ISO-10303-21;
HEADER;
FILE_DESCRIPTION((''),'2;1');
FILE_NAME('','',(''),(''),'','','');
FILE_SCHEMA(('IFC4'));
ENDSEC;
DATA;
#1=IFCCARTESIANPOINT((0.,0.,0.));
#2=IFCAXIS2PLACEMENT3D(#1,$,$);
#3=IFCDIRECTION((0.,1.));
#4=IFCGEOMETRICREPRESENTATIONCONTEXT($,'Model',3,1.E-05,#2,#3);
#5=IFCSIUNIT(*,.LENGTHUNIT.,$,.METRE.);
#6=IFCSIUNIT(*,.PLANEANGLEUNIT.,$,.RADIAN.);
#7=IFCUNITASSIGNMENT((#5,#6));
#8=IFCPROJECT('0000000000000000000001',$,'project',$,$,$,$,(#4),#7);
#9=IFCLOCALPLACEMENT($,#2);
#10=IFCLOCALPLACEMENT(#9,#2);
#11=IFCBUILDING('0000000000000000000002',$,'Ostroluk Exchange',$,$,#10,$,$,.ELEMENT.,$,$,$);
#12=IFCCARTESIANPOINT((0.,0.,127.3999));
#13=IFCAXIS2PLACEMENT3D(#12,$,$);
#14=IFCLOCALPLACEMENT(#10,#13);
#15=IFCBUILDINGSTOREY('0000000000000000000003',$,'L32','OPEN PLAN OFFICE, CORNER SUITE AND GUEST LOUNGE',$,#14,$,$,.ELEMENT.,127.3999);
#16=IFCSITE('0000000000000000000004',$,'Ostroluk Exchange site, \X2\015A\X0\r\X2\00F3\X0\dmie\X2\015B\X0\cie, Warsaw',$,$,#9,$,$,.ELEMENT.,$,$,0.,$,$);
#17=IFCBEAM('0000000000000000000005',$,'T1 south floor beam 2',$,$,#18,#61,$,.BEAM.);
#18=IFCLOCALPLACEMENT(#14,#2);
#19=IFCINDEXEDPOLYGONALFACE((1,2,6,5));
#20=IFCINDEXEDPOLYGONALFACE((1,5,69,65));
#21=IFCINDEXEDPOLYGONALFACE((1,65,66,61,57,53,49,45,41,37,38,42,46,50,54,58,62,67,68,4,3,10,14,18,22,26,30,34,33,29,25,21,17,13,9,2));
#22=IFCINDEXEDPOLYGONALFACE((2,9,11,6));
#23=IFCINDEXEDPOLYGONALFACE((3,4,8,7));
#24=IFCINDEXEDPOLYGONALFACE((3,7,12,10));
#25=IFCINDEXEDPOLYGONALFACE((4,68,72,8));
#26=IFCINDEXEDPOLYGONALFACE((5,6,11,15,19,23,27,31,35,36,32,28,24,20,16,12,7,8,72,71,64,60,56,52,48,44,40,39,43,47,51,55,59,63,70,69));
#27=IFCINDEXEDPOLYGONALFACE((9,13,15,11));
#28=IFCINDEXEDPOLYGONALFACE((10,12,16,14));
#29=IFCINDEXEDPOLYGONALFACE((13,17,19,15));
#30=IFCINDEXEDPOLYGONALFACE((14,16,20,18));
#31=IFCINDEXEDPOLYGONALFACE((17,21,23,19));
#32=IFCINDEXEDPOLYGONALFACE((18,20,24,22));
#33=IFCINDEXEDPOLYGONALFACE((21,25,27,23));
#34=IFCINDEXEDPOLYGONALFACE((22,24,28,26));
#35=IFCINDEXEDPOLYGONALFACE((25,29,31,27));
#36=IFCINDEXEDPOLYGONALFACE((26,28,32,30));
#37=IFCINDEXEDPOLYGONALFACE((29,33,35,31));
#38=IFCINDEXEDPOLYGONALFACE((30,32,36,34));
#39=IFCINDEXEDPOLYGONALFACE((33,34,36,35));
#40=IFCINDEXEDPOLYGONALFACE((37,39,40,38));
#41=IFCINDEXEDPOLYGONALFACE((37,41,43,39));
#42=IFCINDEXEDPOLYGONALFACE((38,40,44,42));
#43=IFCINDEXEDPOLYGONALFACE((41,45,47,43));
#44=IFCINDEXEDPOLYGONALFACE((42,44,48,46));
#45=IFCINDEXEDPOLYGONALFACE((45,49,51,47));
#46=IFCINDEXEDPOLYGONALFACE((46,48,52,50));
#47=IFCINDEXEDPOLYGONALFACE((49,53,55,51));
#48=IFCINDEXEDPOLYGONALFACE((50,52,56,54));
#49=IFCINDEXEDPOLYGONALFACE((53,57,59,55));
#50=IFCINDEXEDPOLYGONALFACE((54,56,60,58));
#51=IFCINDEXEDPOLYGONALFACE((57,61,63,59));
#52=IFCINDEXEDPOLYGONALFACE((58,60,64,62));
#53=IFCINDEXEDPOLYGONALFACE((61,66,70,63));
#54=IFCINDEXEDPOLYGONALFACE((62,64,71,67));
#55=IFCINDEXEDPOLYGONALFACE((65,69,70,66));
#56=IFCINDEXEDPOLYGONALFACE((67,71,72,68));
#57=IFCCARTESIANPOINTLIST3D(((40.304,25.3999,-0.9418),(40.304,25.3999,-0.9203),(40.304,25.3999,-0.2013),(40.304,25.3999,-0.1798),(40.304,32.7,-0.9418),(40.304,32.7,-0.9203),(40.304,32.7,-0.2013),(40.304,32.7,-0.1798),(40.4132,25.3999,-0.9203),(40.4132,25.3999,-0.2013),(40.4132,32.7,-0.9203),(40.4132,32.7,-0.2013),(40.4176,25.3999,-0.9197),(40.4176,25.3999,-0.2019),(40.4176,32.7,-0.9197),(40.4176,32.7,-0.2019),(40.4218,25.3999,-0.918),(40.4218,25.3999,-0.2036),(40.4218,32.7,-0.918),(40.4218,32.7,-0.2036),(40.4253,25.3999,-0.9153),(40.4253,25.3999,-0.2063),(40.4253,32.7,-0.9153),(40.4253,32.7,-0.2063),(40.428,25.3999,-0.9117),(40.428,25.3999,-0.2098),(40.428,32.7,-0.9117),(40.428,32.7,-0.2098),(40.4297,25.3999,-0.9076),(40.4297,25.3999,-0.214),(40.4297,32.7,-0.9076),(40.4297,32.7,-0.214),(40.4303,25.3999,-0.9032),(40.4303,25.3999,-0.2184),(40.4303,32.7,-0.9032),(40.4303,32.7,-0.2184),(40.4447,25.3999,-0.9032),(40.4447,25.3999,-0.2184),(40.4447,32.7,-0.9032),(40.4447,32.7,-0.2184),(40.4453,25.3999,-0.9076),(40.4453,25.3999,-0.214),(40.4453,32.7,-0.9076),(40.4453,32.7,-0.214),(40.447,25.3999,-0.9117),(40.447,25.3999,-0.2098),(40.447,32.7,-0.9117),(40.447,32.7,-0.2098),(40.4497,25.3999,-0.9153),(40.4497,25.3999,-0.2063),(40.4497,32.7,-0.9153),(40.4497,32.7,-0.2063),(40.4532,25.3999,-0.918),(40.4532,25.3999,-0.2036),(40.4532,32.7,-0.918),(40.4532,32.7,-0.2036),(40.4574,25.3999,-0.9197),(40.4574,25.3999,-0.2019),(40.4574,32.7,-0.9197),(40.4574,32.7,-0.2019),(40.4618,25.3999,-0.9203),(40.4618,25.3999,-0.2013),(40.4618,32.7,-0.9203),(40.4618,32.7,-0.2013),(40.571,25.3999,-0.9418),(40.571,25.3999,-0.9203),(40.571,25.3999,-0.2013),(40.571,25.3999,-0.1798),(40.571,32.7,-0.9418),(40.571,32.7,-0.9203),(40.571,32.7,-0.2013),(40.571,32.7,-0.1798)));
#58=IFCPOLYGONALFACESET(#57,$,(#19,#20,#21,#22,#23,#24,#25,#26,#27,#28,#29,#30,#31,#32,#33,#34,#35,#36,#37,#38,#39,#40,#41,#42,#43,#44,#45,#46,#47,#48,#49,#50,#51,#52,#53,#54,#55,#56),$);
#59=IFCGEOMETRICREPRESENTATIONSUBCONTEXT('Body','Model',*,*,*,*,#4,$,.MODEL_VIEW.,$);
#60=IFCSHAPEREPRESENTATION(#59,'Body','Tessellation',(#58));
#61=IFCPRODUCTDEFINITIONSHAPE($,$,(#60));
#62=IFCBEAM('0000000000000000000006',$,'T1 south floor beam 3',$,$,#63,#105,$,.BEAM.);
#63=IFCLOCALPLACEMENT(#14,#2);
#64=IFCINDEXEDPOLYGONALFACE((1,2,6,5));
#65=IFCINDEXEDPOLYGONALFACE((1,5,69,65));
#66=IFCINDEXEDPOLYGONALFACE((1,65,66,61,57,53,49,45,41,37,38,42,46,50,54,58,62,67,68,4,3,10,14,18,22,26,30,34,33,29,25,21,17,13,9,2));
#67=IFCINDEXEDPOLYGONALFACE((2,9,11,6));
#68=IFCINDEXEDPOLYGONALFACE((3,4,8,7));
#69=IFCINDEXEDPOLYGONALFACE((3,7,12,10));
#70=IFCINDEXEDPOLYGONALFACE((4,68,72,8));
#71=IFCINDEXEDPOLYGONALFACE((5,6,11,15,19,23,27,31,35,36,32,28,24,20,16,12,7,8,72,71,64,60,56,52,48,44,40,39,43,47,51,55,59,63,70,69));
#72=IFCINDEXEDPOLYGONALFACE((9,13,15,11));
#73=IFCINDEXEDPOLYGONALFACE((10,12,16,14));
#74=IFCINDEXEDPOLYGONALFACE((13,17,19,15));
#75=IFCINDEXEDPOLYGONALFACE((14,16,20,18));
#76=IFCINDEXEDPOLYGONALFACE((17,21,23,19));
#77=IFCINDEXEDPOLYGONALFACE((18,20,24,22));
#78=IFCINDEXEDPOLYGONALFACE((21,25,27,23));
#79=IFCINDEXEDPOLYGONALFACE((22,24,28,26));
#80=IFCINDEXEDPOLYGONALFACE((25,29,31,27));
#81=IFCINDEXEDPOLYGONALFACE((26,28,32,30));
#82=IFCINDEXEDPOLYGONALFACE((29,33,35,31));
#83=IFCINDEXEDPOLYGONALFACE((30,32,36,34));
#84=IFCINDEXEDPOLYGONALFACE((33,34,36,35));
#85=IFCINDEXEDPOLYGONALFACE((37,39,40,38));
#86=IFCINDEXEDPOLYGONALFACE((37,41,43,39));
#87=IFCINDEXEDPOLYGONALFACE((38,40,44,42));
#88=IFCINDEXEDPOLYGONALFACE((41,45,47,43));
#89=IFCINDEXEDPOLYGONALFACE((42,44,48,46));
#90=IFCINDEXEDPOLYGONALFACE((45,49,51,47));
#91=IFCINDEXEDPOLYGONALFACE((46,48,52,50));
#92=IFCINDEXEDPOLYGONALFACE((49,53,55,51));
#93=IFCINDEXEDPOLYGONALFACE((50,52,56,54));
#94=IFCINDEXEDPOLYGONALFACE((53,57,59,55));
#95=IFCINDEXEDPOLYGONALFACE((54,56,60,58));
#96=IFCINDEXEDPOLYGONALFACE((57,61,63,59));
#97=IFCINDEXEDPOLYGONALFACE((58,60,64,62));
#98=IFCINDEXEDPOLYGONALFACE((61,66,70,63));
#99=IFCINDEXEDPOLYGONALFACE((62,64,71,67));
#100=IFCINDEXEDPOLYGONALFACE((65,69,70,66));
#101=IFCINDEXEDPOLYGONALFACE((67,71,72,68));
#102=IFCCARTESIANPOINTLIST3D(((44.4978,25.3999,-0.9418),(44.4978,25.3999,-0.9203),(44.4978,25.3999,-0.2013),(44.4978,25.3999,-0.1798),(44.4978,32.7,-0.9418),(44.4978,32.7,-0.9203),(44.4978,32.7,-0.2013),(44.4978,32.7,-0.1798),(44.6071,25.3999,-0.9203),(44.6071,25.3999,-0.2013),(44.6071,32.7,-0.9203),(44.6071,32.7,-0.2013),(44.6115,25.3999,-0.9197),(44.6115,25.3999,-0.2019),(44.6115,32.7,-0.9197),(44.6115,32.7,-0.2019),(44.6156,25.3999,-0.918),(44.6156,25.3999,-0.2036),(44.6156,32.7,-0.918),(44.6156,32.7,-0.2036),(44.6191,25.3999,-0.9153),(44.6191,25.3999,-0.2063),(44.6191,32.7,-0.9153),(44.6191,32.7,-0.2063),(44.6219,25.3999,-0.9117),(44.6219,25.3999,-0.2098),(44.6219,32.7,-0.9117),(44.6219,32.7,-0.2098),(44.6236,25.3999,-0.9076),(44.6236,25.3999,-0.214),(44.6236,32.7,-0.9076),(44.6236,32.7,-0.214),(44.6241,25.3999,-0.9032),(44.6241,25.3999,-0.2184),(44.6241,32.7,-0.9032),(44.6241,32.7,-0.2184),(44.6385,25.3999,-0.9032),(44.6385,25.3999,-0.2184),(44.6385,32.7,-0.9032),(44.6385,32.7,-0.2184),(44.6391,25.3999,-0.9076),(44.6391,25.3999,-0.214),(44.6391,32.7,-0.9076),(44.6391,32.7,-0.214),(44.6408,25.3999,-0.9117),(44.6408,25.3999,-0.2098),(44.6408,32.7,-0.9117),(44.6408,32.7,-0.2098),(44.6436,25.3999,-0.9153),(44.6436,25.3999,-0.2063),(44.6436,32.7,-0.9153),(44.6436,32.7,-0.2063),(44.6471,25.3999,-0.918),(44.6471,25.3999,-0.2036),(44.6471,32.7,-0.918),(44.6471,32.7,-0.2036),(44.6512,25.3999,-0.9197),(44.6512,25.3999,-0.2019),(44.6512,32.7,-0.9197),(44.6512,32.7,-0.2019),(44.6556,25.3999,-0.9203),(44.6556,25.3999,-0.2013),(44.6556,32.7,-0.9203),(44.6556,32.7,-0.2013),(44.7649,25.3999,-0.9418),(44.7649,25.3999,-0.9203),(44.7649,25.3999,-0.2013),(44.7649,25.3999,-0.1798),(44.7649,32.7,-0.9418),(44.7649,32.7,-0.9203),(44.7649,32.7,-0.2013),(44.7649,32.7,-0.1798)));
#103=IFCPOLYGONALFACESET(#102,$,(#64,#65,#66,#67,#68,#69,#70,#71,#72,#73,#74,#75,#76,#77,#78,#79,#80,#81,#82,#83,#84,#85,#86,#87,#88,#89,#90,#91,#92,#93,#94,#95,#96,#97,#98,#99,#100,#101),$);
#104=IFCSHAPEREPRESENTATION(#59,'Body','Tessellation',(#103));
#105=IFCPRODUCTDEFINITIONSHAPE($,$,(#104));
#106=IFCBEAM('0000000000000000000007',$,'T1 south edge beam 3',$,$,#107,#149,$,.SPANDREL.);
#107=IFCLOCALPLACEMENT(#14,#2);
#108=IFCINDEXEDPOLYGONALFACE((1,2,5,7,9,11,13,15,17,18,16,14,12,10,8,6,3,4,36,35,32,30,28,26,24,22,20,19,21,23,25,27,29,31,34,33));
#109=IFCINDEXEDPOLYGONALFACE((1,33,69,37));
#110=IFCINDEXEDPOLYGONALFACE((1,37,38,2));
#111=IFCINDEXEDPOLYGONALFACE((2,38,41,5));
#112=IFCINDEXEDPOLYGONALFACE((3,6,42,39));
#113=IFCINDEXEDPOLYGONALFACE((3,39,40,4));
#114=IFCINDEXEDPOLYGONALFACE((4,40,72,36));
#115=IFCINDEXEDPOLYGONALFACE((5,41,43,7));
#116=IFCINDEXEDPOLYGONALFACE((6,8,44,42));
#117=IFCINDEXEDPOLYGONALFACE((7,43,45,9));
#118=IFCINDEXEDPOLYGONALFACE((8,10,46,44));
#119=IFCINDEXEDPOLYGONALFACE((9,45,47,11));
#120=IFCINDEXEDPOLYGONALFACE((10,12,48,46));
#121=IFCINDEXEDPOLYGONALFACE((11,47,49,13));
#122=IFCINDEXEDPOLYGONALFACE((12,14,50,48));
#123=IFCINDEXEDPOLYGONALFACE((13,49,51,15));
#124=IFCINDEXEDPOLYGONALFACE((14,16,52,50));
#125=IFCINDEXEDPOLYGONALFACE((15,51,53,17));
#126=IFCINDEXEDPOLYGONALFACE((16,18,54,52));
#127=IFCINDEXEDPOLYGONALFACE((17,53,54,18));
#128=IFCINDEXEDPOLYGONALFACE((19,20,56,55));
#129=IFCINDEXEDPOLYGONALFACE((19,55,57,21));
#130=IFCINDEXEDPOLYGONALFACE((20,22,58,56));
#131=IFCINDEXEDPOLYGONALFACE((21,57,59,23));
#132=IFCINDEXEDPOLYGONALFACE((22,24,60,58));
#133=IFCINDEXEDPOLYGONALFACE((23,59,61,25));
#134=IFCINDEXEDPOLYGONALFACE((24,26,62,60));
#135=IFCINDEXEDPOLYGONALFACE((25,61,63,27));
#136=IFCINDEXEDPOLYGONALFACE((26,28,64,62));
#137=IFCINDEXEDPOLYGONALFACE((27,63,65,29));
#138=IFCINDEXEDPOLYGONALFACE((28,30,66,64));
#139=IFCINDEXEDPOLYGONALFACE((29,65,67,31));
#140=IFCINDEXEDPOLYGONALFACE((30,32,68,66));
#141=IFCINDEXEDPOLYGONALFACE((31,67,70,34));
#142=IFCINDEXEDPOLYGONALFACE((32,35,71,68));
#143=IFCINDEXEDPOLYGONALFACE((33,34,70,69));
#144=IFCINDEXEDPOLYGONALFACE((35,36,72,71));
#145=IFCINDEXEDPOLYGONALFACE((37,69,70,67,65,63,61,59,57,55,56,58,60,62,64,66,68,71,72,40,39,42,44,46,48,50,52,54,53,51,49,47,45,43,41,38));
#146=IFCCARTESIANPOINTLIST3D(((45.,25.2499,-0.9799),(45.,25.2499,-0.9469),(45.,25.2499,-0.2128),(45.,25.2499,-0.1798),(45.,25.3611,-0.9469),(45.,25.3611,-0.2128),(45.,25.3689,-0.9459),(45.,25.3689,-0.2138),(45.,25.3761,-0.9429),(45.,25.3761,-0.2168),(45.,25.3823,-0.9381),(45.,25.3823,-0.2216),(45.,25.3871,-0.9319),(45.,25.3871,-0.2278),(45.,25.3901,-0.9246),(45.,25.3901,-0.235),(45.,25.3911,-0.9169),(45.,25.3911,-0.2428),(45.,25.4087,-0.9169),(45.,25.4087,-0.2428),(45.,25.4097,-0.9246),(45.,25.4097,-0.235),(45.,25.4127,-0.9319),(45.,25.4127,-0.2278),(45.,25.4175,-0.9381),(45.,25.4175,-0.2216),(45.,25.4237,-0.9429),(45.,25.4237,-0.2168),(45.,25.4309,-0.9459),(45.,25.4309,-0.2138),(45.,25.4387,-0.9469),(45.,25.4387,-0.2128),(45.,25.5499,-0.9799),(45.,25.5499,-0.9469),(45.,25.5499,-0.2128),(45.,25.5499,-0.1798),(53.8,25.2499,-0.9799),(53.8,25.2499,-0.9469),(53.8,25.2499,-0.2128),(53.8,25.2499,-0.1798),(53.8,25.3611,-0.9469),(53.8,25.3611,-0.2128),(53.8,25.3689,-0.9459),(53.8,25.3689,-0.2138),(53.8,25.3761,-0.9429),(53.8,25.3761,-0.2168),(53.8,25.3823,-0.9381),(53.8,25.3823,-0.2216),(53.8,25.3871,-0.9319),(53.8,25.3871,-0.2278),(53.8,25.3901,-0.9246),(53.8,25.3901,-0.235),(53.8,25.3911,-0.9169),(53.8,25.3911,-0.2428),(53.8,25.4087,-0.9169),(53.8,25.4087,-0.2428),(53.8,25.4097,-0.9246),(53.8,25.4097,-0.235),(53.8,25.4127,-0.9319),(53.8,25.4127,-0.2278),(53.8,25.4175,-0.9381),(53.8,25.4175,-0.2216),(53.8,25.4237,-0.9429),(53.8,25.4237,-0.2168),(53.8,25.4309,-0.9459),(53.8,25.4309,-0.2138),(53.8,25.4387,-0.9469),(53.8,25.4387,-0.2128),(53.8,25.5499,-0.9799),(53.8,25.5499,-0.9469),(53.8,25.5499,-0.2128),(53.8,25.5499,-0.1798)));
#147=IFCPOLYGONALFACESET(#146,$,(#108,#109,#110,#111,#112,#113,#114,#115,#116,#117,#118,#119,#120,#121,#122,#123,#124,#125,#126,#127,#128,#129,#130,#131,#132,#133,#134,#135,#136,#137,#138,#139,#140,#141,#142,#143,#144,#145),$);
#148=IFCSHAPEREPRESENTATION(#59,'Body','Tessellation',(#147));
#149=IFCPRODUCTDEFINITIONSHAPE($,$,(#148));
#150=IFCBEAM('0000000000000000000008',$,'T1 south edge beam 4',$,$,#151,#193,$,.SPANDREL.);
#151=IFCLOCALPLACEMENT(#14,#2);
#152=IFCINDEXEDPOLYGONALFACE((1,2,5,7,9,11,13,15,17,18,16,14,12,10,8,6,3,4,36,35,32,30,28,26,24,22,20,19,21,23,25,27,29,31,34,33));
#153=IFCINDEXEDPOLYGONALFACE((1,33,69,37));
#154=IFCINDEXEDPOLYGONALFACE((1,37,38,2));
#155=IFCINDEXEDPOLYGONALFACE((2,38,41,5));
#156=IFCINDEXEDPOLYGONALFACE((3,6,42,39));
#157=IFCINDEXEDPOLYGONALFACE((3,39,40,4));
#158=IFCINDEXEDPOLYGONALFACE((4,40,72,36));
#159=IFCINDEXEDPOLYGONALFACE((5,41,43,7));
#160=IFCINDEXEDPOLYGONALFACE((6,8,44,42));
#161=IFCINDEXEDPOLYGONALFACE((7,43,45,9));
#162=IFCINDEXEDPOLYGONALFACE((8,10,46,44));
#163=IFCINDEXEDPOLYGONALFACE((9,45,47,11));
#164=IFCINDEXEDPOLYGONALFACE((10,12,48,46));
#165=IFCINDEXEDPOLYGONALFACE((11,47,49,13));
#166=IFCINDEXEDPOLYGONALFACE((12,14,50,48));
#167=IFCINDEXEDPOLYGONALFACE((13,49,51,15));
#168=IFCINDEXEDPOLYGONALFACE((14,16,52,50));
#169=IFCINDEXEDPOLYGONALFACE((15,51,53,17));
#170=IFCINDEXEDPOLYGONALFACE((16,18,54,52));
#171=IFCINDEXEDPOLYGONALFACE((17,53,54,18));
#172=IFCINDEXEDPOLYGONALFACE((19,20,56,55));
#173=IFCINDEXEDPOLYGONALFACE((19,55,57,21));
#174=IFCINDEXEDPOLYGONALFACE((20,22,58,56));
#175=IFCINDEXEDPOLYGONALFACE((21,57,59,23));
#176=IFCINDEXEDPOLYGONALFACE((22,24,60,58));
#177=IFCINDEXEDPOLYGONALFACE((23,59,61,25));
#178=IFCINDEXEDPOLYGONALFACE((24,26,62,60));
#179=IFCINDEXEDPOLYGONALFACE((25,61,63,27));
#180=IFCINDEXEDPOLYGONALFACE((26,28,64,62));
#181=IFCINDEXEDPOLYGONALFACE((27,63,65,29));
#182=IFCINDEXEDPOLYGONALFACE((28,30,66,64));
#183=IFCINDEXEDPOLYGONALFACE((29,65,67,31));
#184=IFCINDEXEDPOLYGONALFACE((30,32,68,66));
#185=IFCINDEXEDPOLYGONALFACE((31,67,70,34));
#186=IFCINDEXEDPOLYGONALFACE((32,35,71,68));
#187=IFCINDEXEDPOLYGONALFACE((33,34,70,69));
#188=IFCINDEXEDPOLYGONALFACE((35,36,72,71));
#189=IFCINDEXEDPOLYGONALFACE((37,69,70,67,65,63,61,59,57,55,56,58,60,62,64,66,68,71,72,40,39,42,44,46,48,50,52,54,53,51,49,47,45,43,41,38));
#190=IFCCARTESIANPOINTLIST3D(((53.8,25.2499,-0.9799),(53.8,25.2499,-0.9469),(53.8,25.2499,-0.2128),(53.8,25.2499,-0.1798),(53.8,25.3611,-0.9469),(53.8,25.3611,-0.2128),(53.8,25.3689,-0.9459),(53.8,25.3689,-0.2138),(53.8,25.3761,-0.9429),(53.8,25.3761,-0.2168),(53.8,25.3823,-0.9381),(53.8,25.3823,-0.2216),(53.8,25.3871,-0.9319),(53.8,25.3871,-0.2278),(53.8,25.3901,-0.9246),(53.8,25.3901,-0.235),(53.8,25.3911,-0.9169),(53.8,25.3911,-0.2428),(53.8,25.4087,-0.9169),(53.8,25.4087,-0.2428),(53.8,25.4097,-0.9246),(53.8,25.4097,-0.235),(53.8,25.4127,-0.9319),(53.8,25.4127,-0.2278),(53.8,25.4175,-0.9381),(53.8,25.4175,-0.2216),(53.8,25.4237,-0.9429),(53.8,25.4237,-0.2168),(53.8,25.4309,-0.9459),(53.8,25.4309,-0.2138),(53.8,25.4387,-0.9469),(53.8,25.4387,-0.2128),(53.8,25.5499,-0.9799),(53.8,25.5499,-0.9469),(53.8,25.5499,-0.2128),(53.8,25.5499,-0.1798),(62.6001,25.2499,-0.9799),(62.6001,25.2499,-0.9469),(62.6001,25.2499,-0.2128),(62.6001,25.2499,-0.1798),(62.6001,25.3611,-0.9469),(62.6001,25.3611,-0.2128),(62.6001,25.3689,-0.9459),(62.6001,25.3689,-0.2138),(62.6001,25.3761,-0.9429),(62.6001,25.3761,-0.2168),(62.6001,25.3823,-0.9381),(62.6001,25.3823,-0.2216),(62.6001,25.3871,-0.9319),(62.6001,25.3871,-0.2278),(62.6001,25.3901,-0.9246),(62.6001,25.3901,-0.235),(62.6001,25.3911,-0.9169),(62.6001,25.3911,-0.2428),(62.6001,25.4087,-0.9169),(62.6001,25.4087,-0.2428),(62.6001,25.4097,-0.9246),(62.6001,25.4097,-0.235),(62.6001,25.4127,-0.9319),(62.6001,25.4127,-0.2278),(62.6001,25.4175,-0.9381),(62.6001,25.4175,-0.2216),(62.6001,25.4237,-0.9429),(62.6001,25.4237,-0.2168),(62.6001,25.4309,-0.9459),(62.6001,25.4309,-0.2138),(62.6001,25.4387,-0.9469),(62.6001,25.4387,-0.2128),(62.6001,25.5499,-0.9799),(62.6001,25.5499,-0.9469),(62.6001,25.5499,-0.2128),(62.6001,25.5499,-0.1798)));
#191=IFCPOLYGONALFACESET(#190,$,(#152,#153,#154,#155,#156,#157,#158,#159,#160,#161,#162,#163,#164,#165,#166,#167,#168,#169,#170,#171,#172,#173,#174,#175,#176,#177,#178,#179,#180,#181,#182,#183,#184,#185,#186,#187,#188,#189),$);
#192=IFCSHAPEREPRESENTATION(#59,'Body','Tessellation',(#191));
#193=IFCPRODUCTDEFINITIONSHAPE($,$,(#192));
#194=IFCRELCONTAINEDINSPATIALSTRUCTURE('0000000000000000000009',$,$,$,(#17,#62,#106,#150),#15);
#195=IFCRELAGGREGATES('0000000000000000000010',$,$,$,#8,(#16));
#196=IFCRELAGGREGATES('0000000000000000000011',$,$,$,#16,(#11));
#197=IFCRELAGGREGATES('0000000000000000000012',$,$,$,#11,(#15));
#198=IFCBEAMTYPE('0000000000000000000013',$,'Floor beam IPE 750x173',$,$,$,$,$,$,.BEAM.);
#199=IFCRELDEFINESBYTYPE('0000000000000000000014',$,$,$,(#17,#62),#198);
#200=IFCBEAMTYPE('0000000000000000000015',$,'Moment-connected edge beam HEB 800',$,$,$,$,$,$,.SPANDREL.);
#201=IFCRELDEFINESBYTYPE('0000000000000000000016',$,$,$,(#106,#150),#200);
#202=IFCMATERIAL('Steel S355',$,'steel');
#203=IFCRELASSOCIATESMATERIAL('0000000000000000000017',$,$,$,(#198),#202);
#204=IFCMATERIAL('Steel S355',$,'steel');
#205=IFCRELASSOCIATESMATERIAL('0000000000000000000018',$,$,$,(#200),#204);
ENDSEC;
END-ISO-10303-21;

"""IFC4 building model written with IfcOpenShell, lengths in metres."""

from ifc_helpers import new_model, si_unit, direction, frame, origin, origin_2d, place, context, subcontext, project, spatial, i_section, extrude, material, material_profile, profile_set, type_object, element, save


model = new_model("IFC4")

# Units and contexts
model_context = context("Model", 3, precision=1e-05, world=origin(), true_north=direction((0.0, 1.0)))
body_context = subcontext(model_context, "Body", "Model", "MODEL_VIEW")
ifc_project = project(units=[si_unit("LENGTHUNIT", "METRE"), si_unit("PLANEANGLEUNIT", "RADIAN")], contexts=[model_context])

# Site, building, storey
site_placement = place(None, origin())
site = spatial("IfcSite", under=ifc_project, at=site_placement, Name="Ostroluk Exchange site, Śródmieście, Warsaw", CompositionType="ELEMENT", RefElevation=0.0)
building_placement = place(site_placement, origin())
building = spatial("IfcBuilding", under=site, at=building_placement, Name="Ostroluk Exchange", CompositionType="ELEMENT")
storey_placement = place(building_placement, frame((0.0, 0.0, 127.3999)))
storey = spatial("IfcBuildingStorey", under=building, at=storey_placement, Name="L32", Description="OPEN PLAN OFFICE, CORNER SUITE AND GUEST LOUNGE", CompositionType="ELEMENT", Elevation=127.3999)

# Beams
ifc_material_1 = material(Name="Steel S355", Category="steel")
ifc_material_profile_1 = material_profile(ifc_material_1, i_section(OverallWidth=0.2671, OverallDepth=0.762, WebThickness=0.0144, FlangeThickness=0.0215, FilletRadius=0.0171, at=origin_2d()), Name="IPE 750x173")
ifc_profile_set_1 = profile_set([ifc_material_profile_1], Name="Steel S355")
beam_type_1 = type_object("IfcBeamType", Name="Floor beam IPE 750x173", PredefinedType="BEAM", material=ifc_profile_set_1)
for number, where, z_axis, x_axis, name in (
    (1, (40.4375, 32.7, -0.5608), (0.0, -1.0, 0.0), (1.0, 0.0, 0.0), "T1 south floor beam 2"),
    (2, (44.6313, 32.7, -0.5608), (0.0, -1.0, 0.0), (1.0, 0.0, 0.0), "T1 south floor beam 3"),
):
    element("IfcBeam", number, at=place(storey_placement, frame(where, z_axis=z_axis, x_axis=x_axis)), inside=storey, type_object=beam_type_1, Name=name, PredefinedType="BEAM", context=body_context, shape_type="SweptSolid", body=[
        extrude(i_section(OverallWidth=0.2671, OverallDepth=0.762, WebThickness=0.0144, FlangeThickness=0.0215, FilletRadius=0.0171, at=origin_2d()), origin(), (0.0, 0.0, 1.0), 7.3),
    ])
ifc_material_2 = material(Name="Steel S355", Category="steel")
ifc_material_profile_2 = material_profile(ifc_material_2, i_section(OverallWidth=0.3, OverallDepth=0.8, WebThickness=0.0176, FlangeThickness=0.033, FilletRadius=0.03, at=origin_2d()), Name="HEB 800")
ifc_profile_set_2 = profile_set([ifc_material_profile_2], Name="Steel S355")
beam_type_2 = type_object("IfcBeamType", Name="Moment-connected edge beam HEB 800", PredefinedType="SPANDREL", material=ifc_profile_set_2)
for number, where, z_axis, x_axis, name in (
    (3, (45.0, 25.3999, -0.5798), (1.0, 0.0, 0.0), (0.0, 1.0, 0.0), "T1 south edge beam 3"),
    (4, (53.8, 25.3999, -0.5798), (1.0, 0.0, 0.0), (0.0, 1.0, 0.0), "T1 south edge beam 4"),
):
    element("IfcBeam", number, at=place(storey_placement, frame(where, z_axis=z_axis, x_axis=x_axis)), inside=storey, type_object=beam_type_2, Name=name, PredefinedType="SPANDREL", context=body_context, shape_type="SweptSolid", body=[
        extrude(i_section(OverallWidth=0.3, OverallDepth=0.8, WebThickness=0.0176, FlangeThickness=0.033, FilletRadius=0.03, at=origin_2d()), origin(), (0.0, 0.0, 1.0), 8.8),
    ])

save(model, "model.ifc")
